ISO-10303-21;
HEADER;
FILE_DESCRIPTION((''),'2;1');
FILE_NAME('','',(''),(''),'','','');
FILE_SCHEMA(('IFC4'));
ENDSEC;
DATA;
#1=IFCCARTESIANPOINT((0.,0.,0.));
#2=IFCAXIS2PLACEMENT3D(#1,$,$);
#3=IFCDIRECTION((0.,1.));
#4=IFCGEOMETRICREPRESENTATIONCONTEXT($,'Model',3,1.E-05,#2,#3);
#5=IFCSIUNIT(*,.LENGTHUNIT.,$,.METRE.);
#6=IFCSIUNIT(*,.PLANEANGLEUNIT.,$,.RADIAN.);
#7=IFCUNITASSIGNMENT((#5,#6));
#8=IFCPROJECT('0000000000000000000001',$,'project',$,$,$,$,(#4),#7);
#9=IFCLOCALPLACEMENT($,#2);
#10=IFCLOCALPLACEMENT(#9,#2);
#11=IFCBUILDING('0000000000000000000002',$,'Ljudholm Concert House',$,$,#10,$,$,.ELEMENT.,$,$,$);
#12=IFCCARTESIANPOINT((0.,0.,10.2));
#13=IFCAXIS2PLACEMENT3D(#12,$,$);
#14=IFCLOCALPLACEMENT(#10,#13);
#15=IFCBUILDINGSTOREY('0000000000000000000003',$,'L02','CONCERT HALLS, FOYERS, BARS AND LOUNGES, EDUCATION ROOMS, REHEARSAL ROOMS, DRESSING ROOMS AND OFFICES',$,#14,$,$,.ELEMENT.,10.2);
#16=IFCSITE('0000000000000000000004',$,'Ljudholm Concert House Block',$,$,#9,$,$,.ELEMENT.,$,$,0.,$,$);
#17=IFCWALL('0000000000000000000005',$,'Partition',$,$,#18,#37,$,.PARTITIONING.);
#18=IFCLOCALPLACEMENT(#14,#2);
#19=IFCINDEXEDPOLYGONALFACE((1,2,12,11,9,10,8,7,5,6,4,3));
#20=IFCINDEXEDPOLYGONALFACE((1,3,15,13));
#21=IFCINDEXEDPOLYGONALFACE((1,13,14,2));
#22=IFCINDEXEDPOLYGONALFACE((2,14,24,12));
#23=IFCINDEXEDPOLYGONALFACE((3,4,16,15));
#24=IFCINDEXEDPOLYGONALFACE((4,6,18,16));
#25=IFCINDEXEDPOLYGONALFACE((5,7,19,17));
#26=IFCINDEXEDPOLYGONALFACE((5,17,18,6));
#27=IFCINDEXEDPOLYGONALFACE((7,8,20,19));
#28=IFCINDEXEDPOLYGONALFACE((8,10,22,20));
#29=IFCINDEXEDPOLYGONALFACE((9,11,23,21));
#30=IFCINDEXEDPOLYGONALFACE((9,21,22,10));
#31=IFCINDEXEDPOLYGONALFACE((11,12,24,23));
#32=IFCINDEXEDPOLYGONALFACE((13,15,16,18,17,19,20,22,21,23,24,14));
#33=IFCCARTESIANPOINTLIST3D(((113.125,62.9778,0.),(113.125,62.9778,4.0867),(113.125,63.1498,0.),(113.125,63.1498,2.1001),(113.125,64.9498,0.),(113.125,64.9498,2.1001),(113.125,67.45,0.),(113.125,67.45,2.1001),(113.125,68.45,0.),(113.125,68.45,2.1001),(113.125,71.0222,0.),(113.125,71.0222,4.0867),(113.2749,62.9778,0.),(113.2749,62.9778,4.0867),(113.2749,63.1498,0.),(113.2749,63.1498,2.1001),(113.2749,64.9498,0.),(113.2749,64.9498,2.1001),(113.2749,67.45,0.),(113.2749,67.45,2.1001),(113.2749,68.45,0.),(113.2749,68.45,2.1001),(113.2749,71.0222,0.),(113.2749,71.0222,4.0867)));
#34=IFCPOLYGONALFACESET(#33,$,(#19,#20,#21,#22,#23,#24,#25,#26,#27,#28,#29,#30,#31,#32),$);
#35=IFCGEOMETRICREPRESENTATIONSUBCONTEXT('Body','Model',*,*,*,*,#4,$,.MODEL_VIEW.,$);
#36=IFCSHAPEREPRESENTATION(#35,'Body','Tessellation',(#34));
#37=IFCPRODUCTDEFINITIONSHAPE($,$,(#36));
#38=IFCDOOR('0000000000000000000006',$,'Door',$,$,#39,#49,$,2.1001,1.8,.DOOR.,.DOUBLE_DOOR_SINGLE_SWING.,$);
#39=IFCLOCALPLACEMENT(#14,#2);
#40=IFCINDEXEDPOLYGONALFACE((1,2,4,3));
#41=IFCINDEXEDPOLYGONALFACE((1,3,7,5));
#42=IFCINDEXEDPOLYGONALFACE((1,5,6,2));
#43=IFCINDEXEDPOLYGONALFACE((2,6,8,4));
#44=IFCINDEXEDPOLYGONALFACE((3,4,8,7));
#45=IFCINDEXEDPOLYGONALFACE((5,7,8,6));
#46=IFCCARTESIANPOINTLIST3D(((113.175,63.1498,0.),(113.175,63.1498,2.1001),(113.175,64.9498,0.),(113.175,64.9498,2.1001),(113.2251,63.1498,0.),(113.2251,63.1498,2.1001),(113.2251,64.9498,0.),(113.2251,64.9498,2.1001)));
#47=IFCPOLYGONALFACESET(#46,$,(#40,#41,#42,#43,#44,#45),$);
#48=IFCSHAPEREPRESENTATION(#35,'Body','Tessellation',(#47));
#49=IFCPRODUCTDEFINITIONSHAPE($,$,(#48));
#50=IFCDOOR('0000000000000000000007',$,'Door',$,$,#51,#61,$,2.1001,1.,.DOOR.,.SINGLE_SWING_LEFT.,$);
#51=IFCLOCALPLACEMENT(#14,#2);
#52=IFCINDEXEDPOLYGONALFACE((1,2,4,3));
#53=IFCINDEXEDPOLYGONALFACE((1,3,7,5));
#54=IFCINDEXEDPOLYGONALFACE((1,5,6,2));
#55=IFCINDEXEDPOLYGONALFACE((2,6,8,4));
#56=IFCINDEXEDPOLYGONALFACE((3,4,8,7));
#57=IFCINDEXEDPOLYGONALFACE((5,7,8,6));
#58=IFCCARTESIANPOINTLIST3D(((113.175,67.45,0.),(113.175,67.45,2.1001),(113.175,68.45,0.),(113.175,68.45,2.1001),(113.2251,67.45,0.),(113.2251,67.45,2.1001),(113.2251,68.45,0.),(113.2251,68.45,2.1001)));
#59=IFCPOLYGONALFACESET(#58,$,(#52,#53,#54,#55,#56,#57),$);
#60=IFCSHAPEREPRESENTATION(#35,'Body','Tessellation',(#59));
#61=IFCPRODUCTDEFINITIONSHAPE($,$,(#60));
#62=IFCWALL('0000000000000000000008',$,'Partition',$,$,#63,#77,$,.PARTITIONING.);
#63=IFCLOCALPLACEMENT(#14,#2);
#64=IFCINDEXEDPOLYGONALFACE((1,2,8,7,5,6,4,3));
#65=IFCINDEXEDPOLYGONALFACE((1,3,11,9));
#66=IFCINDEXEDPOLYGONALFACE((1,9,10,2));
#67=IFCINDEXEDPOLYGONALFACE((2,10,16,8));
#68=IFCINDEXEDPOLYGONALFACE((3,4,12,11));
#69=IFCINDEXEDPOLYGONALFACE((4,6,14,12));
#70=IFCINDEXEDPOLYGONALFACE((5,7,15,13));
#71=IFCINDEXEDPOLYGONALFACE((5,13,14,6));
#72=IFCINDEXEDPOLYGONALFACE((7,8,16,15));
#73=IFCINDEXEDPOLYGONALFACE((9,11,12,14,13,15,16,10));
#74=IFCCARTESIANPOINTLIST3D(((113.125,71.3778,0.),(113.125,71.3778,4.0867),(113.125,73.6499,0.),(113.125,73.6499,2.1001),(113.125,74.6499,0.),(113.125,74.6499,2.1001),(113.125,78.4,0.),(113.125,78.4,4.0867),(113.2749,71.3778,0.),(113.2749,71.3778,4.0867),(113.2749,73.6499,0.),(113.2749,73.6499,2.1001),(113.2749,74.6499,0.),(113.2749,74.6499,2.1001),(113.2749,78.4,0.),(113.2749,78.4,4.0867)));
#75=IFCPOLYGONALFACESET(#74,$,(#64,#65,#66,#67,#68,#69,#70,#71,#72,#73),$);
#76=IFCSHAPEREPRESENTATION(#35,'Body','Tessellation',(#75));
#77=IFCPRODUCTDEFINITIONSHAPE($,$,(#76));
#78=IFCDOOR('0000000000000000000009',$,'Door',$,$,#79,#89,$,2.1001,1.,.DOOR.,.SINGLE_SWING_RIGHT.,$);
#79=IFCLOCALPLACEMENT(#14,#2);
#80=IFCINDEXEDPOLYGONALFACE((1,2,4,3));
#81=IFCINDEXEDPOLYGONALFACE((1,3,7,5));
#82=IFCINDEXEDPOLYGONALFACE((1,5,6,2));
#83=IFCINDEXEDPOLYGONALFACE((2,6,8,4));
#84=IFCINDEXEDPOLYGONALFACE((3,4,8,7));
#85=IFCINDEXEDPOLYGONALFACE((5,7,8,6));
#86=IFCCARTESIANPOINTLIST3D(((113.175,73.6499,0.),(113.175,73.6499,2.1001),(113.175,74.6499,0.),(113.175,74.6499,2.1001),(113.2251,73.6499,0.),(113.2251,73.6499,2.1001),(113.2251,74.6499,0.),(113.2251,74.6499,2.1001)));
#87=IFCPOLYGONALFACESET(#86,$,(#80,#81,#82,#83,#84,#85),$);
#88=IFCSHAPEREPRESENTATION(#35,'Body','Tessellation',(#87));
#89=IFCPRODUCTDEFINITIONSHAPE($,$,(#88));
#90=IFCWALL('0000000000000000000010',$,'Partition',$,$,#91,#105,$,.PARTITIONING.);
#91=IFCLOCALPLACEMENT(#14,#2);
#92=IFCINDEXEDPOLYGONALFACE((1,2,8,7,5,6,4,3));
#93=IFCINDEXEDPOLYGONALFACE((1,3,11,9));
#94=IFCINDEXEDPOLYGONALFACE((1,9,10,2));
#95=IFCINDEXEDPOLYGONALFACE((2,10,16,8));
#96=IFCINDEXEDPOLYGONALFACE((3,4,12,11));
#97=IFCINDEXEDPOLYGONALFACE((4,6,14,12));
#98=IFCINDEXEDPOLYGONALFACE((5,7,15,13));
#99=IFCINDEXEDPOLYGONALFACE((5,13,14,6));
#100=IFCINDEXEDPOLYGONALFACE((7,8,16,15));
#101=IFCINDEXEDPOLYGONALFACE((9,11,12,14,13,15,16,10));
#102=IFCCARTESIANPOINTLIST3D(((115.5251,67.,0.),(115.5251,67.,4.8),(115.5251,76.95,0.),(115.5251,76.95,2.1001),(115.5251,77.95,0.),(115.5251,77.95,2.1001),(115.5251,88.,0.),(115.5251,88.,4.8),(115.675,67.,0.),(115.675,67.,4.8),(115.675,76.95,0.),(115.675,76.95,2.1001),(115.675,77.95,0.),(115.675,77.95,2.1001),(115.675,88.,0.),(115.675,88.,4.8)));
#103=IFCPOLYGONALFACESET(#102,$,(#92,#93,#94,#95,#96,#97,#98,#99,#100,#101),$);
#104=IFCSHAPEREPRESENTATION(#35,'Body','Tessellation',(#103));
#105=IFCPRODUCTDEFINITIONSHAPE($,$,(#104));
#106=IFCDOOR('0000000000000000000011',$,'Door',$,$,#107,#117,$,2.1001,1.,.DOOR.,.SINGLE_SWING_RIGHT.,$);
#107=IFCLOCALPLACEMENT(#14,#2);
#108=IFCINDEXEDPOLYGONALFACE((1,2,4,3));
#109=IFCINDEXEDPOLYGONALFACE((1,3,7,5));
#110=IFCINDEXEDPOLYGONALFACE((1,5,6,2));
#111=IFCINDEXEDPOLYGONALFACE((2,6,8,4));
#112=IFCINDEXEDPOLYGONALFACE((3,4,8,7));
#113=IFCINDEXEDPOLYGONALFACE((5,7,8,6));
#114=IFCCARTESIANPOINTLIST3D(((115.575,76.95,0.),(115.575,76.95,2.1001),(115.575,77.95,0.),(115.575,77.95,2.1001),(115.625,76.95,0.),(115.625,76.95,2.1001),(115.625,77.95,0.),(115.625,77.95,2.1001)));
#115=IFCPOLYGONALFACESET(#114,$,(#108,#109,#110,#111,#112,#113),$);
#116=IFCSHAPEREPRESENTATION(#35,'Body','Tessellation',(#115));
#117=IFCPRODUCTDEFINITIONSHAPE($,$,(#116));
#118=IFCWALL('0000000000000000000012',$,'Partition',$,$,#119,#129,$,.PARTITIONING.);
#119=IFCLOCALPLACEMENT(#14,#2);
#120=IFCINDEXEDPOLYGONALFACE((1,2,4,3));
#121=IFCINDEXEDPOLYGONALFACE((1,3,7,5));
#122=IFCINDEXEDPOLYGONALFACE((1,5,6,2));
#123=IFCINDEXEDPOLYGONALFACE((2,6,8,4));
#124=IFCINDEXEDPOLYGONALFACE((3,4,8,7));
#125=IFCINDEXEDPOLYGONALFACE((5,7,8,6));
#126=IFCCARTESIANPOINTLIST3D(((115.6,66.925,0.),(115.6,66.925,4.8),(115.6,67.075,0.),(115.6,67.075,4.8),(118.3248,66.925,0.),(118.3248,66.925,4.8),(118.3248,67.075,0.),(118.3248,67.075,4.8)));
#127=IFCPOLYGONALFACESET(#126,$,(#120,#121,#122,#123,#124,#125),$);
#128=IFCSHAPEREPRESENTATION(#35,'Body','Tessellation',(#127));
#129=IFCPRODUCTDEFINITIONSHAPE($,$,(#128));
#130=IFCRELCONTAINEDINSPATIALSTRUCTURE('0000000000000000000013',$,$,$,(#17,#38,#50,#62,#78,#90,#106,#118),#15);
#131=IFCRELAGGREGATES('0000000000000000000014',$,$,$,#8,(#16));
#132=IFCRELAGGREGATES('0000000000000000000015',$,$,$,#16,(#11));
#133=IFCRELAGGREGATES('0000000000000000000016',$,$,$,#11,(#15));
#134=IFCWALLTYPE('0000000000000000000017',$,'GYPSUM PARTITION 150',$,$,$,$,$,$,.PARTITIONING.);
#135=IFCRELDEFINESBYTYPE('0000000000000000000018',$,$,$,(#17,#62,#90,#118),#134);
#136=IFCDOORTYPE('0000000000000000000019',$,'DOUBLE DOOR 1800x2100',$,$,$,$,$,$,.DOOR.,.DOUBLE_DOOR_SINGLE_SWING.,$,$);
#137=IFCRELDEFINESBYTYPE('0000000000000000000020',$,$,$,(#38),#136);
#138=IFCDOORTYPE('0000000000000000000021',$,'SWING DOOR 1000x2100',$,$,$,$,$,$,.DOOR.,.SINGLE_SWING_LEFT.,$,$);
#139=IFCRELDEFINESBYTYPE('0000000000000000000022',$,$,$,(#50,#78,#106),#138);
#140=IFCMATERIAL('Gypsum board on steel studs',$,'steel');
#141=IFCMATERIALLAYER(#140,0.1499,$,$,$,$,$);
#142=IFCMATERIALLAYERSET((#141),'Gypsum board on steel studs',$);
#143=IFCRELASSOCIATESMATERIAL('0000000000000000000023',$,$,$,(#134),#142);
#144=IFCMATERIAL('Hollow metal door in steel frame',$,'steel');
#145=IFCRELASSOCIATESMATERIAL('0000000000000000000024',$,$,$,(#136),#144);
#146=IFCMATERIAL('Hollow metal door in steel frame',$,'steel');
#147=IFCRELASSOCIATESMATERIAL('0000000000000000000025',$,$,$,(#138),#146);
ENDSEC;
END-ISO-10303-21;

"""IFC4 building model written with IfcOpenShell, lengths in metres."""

from ifc_helpers import new_model, si_unit, direction, frame, frame_2d, origin, place, context, subcontext, project, spatial, rectangle, extrude, material, layer, layer_set, type_object, element, fill, save


model = new_model("IFC4")

# Units and contexts
model_context = context("Model", 3, precision=1e-05, world=origin(), true_north=direction((0.0, 1.0)))
body_context = subcontext(model_context, "Body", "Model", "MODEL_VIEW")
ifc_project = project(units=[si_unit("LENGTHUNIT", "METRE"), si_unit("PLANEANGLEUNIT", "RADIAN")], contexts=[model_context])

# Site, building, storey
site_placement = place(None, origin())
site = spatial("IfcSite", under=ifc_project, at=site_placement, Name="Ljudholm Concert House Block", CompositionType="ELEMENT", RefElevation=0.0)
building_placement = place(site_placement, origin())
building = spatial("IfcBuilding", under=site, at=building_placement, Name="Ljudholm Concert House", CompositionType="ELEMENT")
storey_placement = place(building_placement, frame((0.0, 0.0, 10.2)))
storey = spatial("IfcBuildingStorey", under=building, at=storey_placement, Name="L02", Description="CONCERT HALLS, FOYERS, BARS AND LOUNGES, EDUCATION ROOMS, REHEARSAL ROOMS, DRESSING ROOMS AND OFFICES", CompositionType="ELEMENT", Elevation=10.2)

# Wall, openings, doors
ifc_material_1 = material(Name="Gypsum board on steel studs", Category="steel")
ifc_layer_1 = layer(ifc_material_1, 0.1499)
ifc_layer_set_1 = layer_set([ifc_layer_1], Name="Gypsum board on steel studs")
wall_type_1 = type_object("IfcWallType", Name="GYPSUM PARTITION 150", PredefinedType="PARTITIONING", material=ifc_layer_set_1)
wall_1_placement = place(storey_placement, frame((113.2, 62.9778, 0.0), z_axis=(0.0, 0.0, 1.0), x_axis=(0.0, 1.0, 0.0)))
wall_1 = element("IfcWall", 1, at=wall_1_placement, inside=storey, type_object=wall_type_1, Name="Partition", PredefinedType="PARTITIONING", context=body_context, shape_type="SweptSolid", body=[
    extrude(rectangle(XDim=8.0444, YDim=0.1499, at=frame_2d((4.0222, 0.0))), origin(), (0.0, 0.0, 1.0), 4.0867),
])
opening_1_placement = place(wall_1_placement, frame((0.1721, 0.0, 0.0)))
opening_1 = element("IfcOpeningElement", 2, at=opening_1_placement, cuts=wall_1, PredefinedType="OPENING", context=body_context, shape_type="SweptSolid", body=[
    extrude(rectangle(XDim=1.8, YDim=2.1001, at=frame_2d((0.8999, 1.05))), frame((0.0, 0.085, 0.0), z_axis=(0.0, -1.0, 0.0), x_axis=(1.0, 0.0, 0.0)), (0.0, 0.0, 1.0), 0.1699),
])
opening_2_placement = place(wall_1_placement, frame((4.4722, 0.0, 0.0)))
opening_2 = element("IfcOpeningElement", 3, at=opening_2_placement, cuts=wall_1, PredefinedType="OPENING", context=body_context, shape_type="SweptSolid", body=[
    extrude(rectangle(XDim=1.0, YDim=2.1001, at=frame_2d((0.5, 1.05))), frame((0.0, 0.085, 0.0), z_axis=(0.0, -1.0, 0.0), x_axis=(1.0, 0.0, 0.0)), (0.0, 0.0, 1.0), 0.1699),
])
ifc_material_2 = material(Name="Hollow metal door in steel frame", Category="steel")
door_type_1 = type_object("IfcDoorType", Name="DOUBLE DOOR 1800x2100", OperationType="DOUBLE_DOOR_SINGLE_SWING", PredefinedType="DOOR", material=ifc_material_2)
door_1_placement = place(opening_1_placement, origin())
door_1 = element("IfcDoor", 4, at=door_1_placement, inside=storey, type_object=door_type_1, Name="Door", OperationType="DOUBLE_DOOR_SINGLE_SWING", OverallHeight=2.1001, OverallWidth=1.8, PredefinedType="DOOR", context=body_context, shape_type="SweptSolid", body=[
    extrude(rectangle(XDim=1.8, YDim=2.1001, at=frame_2d((0.8999, 1.05))), frame((0.0, 0.0249, 0.0), z_axis=(0.0, -1.0, 0.0), x_axis=(1.0, 0.0, 0.0)), (0.0, 0.0, 1.0), 0.05),
])
fill(opening_1, door_1)
ifc_material_3 = material(Name="Hollow metal door in steel frame", Category="steel")
door_type_2 = type_object("IfcDoorType", Name="SWING DOOR 1000x2100", OperationType="SINGLE_SWING_LEFT", PredefinedType="DOOR", material=ifc_material_3)
door_2_placement = place(opening_2_placement, origin())
door_2 = element("IfcDoor", 5, at=door_2_placement, inside=storey, type_object=door_type_2, Name="Door", OperationType="SINGLE_SWING_LEFT", OverallHeight=2.1001, OverallWidth=1.0, PredefinedType="DOOR", context=body_context, shape_type="SweptSolid", body=[
    extrude(rectangle(XDim=1.0, YDim=2.1001, at=frame_2d((0.5, 1.05))), frame((0.0, 0.0249, 0.0), z_axis=(0.0, -1.0, 0.0), x_axis=(1.0, 0.0, 0.0)), (0.0, 0.0, 1.0), 0.05),
])
fill(opening_2, door_2)

# Walls, openings, doors
wall_2_placement = place(storey_placement, frame((113.2, 71.3777, 0.0), z_axis=(0.0, 0.0, 1.0), x_axis=(0.0, 1.0, 0.0)))
wall_2 = element("IfcWall", 6, at=wall_2_placement, inside=storey, type_object=wall_type_1, Name="Partition", PredefinedType="PARTITIONING", context=body_context, shape_type="SweptSolid", body=[
    extrude(rectangle(XDim=7.0222, YDim=0.1499, at=frame_2d((3.5112, 0.0))), origin(), (0.0, 0.0, 1.0), 4.0867),
])
opening_3_placement = place(wall_2_placement, frame((2.2722, 0.0, 0.0)))
opening_3 = element("IfcOpeningElement", 7, at=opening_3_placement, cuts=wall_2, PredefinedType="OPENING", context=body_context, shape_type="SweptSolid", body=[
    extrude(rectangle(XDim=1.0, YDim=2.1001, at=frame_2d((0.5, 1.05))), frame((0.0, 0.085, 0.0), z_axis=(0.0, -1.0, 0.0), x_axis=(1.0, 0.0, 0.0)), (0.0, 0.0, 1.0), 0.1699),
])
door_3_placement = place(opening_3_placement, origin())
door_3 = element("IfcDoor", 8, at=door_3_placement, inside=storey, type_object=door_type_2, Name="Door", OperationType="SINGLE_SWING_RIGHT", OverallHeight=2.1001, OverallWidth=1.0, PredefinedType="DOOR", context=body_context, shape_type="SweptSolid", body=[
    extrude(rectangle(XDim=1.0, YDim=2.1001, at=frame_2d((0.5, 1.05))), frame((0.0, 0.0249, 0.0), z_axis=(0.0, -1.0, 0.0), x_axis=(1.0, 0.0, 0.0)), (0.0, 0.0, 1.0), 0.05),
])
fill(opening_3, door_3)
wall_3_placement = place(storey_placement, frame((115.6001, 67.0, 0.0), z_axis=(0.0, 0.0, 1.0), x_axis=(0.0, 1.0, 0.0)))
wall_3 = element("IfcWall", 9, at=wall_3_placement, inside=storey, type_object=wall_type_1, Name="Partition", PredefinedType="PARTITIONING", context=body_context, shape_type="SweptSolid", body=[
    extrude(rectangle(XDim=21.0, YDim=0.1499, at=frame_2d((10.5, 0.0))), origin(), (0.0, 0.0, 1.0), 4.8),
])
opening_4_placement = place(wall_3_placement, frame((9.95, 0.0, 0.0)))
opening_4 = element("IfcOpeningElement", 10, at=opening_4_placement, cuts=wall_3, PredefinedType="OPENING", context=body_context, shape_type="SweptSolid", body=[
    extrude(rectangle(XDim=1.0, YDim=2.1001, at=frame_2d((0.5, 1.05))), frame((0.0, 0.085, 0.0), z_axis=(0.0, -1.0, 0.0), x_axis=(1.0, 0.0, 0.0)), (0.0, 0.0, 1.0), 0.1699),
])
door_4_placement = place(opening_4_placement, frame((1.0, 0.0, 0.0), z_axis=(0.0, 0.0, 1.0), x_axis=(-1.0, 0.0, 0.0)))
door_4 = element("IfcDoor", 11, at=door_4_placement, inside=storey, type_object=door_type_2, Name="Door", OperationType="SINGLE_SWING_RIGHT", OverallHeight=2.1001, OverallWidth=1.0, PredefinedType="DOOR", context=body_context, shape_type="SweptSolid", body=[
    extrude(rectangle(XDim=1.0, YDim=2.1001, at=frame_2d((0.5, 1.05))), frame((0.0, 0.0249, 0.0), z_axis=(0.0, -1.0, 0.0), x_axis=(1.0, 0.0, 0.0)), (0.0, 0.0, 1.0), 0.05),
])
fill(opening_4, door_4)

# Wall
wall_4_placement = place(storey_placement, frame((115.6001, 67.0, 0.0), z_axis=(0.0, 0.0, 1.0), x_axis=(1.0, 0.0, 0.0)))
element("IfcWall", 12, at=wall_4_placement, inside=storey, type_object=wall_type_1, Name="Partition", PredefinedType="PARTITIONING", context=body_context, shape_type="SweptSolid", body=[
    extrude(rectangle(XDim=2.7249, YDim=0.1499, at=frame_2d((1.3623, 0.0))), origin(), (0.0, 0.0, 1.0), 4.8),
])

save(model, "model.ifc")
